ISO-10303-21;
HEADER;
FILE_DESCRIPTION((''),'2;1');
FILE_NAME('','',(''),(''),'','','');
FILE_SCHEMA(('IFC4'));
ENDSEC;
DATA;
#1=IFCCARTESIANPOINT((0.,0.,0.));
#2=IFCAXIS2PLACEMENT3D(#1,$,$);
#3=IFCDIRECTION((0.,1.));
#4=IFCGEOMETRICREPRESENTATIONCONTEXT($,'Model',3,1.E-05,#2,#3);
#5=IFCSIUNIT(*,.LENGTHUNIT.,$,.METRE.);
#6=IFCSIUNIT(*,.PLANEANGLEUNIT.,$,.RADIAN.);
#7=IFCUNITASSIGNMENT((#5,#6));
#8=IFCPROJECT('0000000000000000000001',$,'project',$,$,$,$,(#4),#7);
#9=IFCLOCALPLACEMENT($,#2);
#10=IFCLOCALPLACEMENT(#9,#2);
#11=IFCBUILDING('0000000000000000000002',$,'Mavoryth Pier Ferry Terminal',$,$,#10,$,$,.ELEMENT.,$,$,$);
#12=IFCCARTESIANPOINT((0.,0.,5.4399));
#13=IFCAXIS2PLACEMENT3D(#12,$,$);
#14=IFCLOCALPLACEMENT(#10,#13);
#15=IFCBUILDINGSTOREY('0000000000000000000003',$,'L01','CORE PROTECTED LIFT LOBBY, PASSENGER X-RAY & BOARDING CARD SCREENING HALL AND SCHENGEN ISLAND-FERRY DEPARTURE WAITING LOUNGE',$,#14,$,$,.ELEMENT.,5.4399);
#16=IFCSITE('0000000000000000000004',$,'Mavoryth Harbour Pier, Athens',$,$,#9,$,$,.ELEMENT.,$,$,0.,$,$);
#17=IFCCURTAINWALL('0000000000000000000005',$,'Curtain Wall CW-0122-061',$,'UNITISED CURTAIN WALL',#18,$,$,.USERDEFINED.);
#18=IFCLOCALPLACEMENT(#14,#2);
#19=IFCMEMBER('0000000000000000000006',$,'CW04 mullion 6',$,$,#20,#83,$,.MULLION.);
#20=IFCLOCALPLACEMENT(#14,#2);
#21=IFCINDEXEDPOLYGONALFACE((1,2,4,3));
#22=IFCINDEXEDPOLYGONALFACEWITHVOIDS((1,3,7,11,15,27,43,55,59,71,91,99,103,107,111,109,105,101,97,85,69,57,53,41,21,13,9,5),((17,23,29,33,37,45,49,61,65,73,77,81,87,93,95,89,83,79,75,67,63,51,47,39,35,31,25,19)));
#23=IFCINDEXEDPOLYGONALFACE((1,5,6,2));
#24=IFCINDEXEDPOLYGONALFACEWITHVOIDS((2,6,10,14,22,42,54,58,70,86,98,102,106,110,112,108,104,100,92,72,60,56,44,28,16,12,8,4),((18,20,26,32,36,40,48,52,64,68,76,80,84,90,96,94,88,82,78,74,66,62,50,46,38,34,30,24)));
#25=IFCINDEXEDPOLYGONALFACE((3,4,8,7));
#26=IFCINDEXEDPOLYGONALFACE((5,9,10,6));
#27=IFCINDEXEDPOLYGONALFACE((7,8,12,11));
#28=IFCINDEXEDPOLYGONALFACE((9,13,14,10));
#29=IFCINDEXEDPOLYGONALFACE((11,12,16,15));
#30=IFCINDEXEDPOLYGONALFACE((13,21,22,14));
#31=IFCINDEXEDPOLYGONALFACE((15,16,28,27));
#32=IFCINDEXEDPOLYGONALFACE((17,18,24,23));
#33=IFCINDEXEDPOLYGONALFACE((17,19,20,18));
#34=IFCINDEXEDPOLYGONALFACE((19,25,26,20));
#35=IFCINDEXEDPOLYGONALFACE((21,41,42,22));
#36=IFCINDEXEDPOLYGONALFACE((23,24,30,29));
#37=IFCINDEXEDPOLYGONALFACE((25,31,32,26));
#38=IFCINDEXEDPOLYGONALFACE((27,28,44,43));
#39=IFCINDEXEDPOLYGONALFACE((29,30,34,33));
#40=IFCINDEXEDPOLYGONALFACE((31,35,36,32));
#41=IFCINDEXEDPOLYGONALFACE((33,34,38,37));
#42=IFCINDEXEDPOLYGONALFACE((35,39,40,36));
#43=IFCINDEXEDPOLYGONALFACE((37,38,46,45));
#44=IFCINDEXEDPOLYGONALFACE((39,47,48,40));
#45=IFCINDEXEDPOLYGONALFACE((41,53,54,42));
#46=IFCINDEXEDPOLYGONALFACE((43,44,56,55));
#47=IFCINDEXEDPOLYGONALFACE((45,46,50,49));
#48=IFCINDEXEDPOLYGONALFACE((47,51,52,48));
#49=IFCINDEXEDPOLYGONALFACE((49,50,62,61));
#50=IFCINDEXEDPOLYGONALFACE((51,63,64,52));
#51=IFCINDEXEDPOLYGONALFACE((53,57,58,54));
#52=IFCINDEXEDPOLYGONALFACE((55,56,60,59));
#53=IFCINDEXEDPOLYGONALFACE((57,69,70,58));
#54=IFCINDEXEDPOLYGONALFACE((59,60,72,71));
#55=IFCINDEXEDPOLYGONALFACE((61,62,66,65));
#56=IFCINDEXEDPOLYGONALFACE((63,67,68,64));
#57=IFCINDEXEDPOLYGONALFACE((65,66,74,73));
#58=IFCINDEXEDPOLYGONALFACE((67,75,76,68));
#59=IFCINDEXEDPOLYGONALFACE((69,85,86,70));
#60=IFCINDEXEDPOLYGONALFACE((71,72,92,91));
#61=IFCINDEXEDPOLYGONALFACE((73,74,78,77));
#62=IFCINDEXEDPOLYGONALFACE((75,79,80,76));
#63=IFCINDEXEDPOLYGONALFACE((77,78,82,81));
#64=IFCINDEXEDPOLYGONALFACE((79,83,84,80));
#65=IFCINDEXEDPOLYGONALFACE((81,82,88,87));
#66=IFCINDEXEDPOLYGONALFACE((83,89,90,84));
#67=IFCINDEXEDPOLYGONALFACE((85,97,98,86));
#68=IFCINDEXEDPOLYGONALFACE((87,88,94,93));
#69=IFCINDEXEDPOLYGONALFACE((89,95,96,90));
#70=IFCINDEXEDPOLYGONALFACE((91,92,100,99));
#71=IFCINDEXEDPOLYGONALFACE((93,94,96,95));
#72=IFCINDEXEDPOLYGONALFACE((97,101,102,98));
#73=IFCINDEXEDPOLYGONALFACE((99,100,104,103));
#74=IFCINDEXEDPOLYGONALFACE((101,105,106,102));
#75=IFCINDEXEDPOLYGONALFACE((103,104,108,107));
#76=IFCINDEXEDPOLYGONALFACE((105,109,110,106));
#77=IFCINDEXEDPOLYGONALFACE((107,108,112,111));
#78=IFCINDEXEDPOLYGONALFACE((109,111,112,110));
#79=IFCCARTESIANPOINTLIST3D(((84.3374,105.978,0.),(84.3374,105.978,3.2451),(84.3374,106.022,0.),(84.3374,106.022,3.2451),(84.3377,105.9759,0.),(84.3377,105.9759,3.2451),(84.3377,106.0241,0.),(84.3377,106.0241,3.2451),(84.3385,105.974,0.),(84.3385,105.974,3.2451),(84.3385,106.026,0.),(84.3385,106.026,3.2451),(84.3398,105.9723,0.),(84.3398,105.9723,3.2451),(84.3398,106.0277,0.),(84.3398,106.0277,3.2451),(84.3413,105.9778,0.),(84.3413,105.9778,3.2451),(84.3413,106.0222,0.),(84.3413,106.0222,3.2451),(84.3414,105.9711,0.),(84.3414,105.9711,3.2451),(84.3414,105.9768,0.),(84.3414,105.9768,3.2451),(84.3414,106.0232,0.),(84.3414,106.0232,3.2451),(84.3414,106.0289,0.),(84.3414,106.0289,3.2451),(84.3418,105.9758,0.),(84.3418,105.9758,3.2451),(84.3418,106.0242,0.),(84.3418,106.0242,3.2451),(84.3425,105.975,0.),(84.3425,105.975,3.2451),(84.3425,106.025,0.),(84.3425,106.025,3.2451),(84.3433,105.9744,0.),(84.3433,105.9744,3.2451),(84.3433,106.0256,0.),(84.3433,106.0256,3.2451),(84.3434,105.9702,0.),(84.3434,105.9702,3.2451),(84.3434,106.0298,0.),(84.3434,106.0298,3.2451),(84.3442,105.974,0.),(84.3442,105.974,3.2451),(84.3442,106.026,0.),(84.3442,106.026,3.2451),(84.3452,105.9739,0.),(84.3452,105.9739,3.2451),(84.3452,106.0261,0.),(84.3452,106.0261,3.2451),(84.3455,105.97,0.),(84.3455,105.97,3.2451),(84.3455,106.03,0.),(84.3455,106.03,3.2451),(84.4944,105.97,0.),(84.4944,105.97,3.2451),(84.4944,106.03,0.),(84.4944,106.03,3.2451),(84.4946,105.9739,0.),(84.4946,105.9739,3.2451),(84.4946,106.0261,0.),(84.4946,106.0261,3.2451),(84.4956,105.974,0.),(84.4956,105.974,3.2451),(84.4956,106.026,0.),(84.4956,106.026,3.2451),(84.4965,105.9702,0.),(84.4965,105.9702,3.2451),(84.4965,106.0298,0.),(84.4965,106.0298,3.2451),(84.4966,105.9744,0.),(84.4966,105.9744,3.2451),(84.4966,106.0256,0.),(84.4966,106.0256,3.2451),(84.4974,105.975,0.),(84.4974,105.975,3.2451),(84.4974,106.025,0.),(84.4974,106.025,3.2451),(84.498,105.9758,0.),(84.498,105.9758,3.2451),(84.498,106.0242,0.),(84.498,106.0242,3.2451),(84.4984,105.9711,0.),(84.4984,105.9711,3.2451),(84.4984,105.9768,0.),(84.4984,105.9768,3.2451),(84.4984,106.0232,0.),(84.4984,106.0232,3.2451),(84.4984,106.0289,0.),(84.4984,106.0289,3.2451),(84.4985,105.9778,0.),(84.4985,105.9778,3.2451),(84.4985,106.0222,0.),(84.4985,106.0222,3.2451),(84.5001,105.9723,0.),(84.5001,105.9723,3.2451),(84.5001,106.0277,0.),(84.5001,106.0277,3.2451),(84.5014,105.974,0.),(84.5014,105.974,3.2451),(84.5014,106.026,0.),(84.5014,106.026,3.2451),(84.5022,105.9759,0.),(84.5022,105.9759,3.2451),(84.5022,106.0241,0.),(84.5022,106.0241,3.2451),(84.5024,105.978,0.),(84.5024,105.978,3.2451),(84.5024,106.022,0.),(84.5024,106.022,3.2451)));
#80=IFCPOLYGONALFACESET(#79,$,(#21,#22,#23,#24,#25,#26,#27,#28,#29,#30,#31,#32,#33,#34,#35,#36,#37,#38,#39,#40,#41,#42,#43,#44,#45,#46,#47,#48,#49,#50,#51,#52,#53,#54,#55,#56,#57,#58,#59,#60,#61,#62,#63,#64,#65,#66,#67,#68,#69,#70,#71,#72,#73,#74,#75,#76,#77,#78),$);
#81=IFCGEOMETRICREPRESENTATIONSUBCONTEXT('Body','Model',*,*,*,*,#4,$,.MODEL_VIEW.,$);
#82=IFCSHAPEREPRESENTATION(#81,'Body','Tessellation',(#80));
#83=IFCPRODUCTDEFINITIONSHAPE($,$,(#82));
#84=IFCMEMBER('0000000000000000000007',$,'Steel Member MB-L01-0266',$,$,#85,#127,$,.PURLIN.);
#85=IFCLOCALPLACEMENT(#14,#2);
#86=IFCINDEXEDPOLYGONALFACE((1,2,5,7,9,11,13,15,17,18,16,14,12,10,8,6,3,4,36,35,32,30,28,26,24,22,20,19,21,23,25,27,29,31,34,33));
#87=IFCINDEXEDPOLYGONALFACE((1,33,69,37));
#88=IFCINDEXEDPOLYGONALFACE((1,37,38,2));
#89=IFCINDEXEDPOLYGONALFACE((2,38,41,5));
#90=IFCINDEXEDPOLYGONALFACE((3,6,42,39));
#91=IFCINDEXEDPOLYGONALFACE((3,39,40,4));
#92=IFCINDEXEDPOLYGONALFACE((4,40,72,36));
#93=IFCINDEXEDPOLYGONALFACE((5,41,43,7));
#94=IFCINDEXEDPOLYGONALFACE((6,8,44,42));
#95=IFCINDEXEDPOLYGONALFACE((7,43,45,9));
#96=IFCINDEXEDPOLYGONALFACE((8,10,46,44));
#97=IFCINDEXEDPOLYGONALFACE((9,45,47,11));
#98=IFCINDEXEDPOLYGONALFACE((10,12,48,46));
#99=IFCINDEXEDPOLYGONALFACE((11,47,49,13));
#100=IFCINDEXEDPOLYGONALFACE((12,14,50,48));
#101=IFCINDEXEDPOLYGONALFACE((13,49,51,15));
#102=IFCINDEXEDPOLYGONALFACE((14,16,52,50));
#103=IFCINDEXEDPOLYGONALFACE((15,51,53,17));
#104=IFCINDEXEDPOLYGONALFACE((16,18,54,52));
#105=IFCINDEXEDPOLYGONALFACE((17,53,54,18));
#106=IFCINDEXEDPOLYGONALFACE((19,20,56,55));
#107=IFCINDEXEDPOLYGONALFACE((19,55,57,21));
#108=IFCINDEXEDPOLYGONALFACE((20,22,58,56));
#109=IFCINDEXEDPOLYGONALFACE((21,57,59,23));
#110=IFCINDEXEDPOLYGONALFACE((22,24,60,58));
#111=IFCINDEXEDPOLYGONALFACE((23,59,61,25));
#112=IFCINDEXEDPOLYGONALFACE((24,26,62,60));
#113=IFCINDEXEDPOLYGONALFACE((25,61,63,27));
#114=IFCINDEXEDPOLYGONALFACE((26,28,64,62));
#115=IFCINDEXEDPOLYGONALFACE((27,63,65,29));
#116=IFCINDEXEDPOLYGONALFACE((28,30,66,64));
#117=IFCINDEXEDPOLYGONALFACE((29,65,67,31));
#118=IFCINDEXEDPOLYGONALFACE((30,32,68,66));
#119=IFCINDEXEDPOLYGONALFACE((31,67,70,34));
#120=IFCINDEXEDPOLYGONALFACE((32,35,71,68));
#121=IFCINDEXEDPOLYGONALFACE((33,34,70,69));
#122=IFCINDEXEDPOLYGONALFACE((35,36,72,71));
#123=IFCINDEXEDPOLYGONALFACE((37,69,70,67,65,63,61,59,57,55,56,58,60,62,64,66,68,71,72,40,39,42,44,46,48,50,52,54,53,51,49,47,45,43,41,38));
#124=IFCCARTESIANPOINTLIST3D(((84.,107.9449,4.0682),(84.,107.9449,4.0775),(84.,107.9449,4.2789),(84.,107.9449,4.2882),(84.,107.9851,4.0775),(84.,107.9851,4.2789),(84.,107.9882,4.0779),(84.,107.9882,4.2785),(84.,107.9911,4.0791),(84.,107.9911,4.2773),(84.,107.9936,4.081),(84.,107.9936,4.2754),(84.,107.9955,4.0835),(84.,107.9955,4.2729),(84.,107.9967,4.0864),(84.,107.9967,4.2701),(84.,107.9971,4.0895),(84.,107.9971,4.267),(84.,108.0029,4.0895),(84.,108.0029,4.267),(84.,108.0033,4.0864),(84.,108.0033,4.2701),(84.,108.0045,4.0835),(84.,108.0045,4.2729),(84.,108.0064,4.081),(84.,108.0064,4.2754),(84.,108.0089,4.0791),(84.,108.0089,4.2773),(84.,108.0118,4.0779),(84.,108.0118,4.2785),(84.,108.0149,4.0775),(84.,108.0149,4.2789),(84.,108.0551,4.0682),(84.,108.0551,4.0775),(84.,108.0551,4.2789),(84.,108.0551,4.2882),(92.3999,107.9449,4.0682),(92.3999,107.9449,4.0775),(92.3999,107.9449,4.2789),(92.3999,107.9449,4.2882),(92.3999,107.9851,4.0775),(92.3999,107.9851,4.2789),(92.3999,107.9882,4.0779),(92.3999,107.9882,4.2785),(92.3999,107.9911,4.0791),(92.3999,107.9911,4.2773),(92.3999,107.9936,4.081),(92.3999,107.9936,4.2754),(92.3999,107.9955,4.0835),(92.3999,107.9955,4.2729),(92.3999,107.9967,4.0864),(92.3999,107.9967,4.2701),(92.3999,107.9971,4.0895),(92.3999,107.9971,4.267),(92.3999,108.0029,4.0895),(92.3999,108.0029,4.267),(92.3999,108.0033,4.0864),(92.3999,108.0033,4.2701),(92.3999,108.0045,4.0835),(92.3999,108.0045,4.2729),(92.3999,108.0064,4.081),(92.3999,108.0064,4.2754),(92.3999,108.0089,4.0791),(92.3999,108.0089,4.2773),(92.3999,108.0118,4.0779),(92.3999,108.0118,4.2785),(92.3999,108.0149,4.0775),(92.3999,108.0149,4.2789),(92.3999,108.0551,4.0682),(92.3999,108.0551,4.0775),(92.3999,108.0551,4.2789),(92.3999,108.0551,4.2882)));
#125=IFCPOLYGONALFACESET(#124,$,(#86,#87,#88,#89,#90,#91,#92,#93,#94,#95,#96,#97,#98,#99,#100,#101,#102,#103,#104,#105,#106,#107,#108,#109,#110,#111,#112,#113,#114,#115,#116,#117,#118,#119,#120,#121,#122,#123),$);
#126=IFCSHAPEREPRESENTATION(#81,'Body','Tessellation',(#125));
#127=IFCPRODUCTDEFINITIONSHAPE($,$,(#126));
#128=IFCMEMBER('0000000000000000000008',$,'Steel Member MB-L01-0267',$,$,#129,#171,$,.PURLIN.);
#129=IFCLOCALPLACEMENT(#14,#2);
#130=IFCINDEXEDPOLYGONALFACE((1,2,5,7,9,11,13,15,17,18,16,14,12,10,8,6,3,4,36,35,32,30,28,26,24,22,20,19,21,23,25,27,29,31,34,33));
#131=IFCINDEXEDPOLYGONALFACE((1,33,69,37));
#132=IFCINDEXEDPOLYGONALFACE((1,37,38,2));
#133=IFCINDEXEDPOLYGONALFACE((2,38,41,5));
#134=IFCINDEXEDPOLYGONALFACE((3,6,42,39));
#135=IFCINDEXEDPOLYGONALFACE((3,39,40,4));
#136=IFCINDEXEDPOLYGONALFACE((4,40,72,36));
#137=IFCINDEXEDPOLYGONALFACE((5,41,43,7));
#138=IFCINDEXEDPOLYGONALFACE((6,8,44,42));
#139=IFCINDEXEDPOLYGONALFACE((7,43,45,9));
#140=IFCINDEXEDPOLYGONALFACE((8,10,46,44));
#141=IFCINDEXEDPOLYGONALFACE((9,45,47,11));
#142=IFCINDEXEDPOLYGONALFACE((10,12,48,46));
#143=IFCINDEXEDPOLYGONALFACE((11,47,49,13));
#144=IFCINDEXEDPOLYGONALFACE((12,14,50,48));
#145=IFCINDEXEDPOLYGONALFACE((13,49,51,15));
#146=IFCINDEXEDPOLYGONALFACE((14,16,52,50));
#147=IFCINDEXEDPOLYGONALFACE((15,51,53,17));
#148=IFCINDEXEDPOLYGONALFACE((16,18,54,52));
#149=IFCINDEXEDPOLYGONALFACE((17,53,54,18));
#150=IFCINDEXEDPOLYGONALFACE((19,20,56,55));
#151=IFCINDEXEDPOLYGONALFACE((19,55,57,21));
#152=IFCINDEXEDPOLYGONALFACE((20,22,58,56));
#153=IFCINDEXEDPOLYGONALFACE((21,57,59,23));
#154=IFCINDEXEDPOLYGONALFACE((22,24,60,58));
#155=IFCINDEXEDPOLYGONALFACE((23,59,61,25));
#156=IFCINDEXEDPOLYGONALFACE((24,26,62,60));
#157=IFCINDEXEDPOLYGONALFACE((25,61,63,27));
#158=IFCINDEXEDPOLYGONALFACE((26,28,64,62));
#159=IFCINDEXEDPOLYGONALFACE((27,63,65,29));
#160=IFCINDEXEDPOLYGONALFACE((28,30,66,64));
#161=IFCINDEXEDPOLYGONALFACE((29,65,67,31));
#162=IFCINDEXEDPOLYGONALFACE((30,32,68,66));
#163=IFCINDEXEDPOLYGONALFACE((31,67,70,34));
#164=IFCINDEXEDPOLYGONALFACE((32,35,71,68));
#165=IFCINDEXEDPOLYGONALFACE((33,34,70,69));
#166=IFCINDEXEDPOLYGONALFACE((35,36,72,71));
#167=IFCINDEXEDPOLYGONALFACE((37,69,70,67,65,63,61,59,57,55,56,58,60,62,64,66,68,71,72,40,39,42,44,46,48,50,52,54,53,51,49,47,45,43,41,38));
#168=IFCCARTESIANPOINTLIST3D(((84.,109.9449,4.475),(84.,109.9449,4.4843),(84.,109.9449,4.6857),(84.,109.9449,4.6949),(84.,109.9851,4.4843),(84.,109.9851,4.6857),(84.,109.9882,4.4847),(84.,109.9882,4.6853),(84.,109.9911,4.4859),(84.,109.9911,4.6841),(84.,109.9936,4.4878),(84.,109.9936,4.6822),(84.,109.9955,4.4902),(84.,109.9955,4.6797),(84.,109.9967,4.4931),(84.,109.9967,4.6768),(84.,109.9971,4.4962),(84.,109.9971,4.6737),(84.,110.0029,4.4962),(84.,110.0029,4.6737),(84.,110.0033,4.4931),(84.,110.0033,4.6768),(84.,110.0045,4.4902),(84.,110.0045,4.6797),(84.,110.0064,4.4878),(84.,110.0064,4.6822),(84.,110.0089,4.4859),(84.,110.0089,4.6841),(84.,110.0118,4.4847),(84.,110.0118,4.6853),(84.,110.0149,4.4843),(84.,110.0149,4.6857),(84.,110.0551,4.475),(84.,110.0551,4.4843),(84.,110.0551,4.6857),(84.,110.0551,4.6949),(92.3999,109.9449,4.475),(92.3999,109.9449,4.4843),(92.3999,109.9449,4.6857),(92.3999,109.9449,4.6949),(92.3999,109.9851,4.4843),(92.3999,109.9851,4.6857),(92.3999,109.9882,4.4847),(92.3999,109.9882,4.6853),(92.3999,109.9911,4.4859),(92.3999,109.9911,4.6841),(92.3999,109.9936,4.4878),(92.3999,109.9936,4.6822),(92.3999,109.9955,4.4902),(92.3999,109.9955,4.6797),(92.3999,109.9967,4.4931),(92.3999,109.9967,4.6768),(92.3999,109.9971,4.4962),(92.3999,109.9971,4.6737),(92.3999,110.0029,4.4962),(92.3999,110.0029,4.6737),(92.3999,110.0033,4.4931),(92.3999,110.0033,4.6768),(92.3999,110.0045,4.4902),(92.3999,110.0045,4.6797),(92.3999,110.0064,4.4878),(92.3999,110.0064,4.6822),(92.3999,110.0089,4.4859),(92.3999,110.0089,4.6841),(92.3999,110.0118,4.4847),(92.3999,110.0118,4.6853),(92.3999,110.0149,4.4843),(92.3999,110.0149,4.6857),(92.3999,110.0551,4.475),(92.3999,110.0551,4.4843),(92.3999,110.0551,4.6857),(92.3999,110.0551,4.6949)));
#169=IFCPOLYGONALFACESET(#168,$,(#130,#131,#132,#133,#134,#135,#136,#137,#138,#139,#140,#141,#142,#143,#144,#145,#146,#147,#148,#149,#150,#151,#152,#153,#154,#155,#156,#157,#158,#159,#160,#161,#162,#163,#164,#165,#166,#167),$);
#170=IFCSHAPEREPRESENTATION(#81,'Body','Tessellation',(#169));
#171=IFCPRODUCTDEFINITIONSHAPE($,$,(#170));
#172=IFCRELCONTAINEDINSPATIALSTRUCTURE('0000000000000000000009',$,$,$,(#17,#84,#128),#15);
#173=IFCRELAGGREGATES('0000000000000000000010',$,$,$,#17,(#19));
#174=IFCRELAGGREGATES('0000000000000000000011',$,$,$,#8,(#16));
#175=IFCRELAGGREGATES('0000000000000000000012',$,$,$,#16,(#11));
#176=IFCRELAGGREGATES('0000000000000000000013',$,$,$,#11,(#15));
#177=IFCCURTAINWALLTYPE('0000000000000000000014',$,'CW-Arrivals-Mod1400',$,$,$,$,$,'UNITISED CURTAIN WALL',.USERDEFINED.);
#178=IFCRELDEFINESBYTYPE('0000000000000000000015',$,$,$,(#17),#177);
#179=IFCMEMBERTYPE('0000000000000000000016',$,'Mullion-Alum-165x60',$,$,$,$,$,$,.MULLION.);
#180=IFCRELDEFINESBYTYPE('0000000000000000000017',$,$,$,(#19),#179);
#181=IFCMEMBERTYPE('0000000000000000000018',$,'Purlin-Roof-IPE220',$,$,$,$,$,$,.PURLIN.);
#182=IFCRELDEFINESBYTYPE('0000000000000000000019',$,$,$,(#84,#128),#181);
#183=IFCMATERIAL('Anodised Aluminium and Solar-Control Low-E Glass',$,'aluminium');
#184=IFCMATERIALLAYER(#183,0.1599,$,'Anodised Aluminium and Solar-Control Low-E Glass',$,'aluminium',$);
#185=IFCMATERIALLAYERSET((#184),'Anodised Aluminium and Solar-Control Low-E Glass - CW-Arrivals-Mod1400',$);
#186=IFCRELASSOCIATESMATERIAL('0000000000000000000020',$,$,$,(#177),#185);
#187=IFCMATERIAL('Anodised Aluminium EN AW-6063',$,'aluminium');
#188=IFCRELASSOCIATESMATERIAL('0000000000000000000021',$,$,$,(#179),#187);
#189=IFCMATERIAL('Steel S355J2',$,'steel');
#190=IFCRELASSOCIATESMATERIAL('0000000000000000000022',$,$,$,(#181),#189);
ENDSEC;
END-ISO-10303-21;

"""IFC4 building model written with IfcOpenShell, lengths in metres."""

from ifc_helpers import new_model, si_unit, direction, frame, origin, origin_2d, place, context, subcontext, project, spatial, hollow_rectangle, i_section, extrude, material, layer, layer_set, material_profile, profile_set, type_object, element, aggregate, save


model = new_model("IFC4")

# Units and contexts
model_context = context("Model", 3, precision=1e-05, world=origin(), true_north=direction((0.0, 1.0)))
body_context = subcontext(model_context, "Body", "Model", "MODEL_VIEW")
ifc_project = project(units=[si_unit("LENGTHUNIT", "METRE"), si_unit("PLANEANGLEUNIT", "RADIAN")], contexts=[model_context])

# Site, building, storey
site_placement = place(None, origin())
site = spatial("IfcSite", under=ifc_project, at=site_placement, Name="Mavoryth Harbour Pier, Athens", CompositionType="ELEMENT", RefElevation=0.0)
building_placement = place(site_placement, origin())
building = spatial("IfcBuilding", under=site, at=building_placement, Name="Mavoryth Pier Ferry Terminal", CompositionType="ELEMENT")
storey_placement = place(building_placement, frame((0.0, 0.0, 5.4399)))
storey = spatial("IfcBuildingStorey", under=building, at=storey_placement, Name="L01", Description="CORE PROTECTED LIFT LOBBY, PASSENGER X-RAY & BOARDING CARD SCREENING HALL AND SCHENGEN ISLAND-FERRY DEPARTURE WAITING LOUNGE", CompositionType="ELEMENT", Elevation=5.4399)

# Shared definitions
ifc_material_1 = material(Name="Steel S355J2", Category="steel")

# Shared definitions
ifc_material_2 = material(Name="Anodised Aluminium and Solar-Control Low-E Glass", Category="aluminium")
ifc_layer_1 = layer(ifc_material_2, 0.1599, Name="Anodised Aluminium and Solar-Control Low-E Glass", Category="aluminium")
ifc_layer_set_1 = layer_set([ifc_layer_1], Name="Anodised Aluminium and Solar-Control Low-E Glass - CW-Arrivals-Mod1400")
curtain_wall_type = type_object("IfcCurtainWallType", Name="CW-Arrivals-Mod1400", ElementType="UNITISED CURTAIN WALL", PredefinedType="USERDEFINED", material=ifc_layer_set_1)
ifc_material_3 = material(Name="Anodised Aluminium EN AW-6063", Category="aluminium")
ifc_material_profile_1 = material_profile(ifc_material_3, hollow_rectangle(XDim=0.0601, YDim=0.165, WallThickness=0.0039, InnerFilletRadius=0.0039, OuterFilletRadius=0.0081, at=origin_2d()), Name="AL-MULL 165x60x4", Category="aluminium")
ifc_profile_set_1 = profile_set([ifc_material_profile_1], Name="Anodised Aluminium EN AW-6063 - AL-MULL 165x60x4")
member_type_1 = type_object("IfcMemberType", Name="Mullion-Alum-165x60", PredefinedType="MULLION", material=ifc_profile_set_1)

# Curtain wall, member
curtain_wall_1_placement = place(storey_placement, origin())
curtain_wall_1 = element("IfcCurtainWall", 1, at=curtain_wall_1_placement, inside=storey, type_object=curtain_wall_type, Name="Curtain Wall CW-0122-061", ObjectType="UNITISED CURTAIN WALL", PredefinedType="USERDEFINED")
member_1_placement = place(storey_placement, frame((84.4199, 106.0, 0.0), z_axis=(0.0, 0.0, 1.0), x_axis=(0.0, -1.0, 0.0)))
member_1 = element("IfcMember", 2, at=member_1_placement, type_object=member_type_1, Name="CW04 mullion 6", PredefinedType="MULLION", context=body_context, shape_type="SweptSolid", body=[
    extrude(hollow_rectangle(XDim=0.0601, YDim=0.165, WallThickness=0.0039, InnerFilletRadius=0.0039, OuterFilletRadius=0.0081, at=origin_2d()), origin(), (0.0, 0.0, 1.0), 3.2451),
])
aggregate(curtain_wall_1, [member_1])

# Members
ifc_material_profile_2 = material_profile(ifc_material_1, i_section(OverallWidth=0.1101, OverallDepth=0.22, WebThickness=0.0059, FlangeThickness=0.0093, FilletRadius=0.012, at=origin_2d()), Name="IPE 220", Category="steel")
ifc_profile_set_2 = profile_set([ifc_material_profile_2], Name="Steel S355J2 - IPE 220")
member_type_2 = type_object("IfcMemberType", Name="Purlin-Roof-IPE220", PredefinedType="PURLIN", material=ifc_profile_set_2)
for number, where, z_axis, x_axis, name in (
    (3, (84.0, 108.0, 4.1782), (1.0, 0.0, 0.0), (0.0, 1.0, 0.0), "Steel Member MB-L01-0266"),
    (4, (84.0, 110.0, 4.585), (1.0, 0.0, 0.0), (0.0, 1.0, 0.0), "Steel Member MB-L01-0267"),
):
    element("IfcMember", number, at=place(storey_placement, frame(where, z_axis=z_axis, x_axis=x_axis)), inside=storey, type_object=member_type_2, Name=name, PredefinedType="PURLIN", context=body_context, shape_type="SweptSolid", body=[
        extrude(i_section(OverallWidth=0.1101, OverallDepth=0.22, WebThickness=0.0059, FlangeThickness=0.0093, FilletRadius=0.012, at=origin_2d()), origin(), (0.0, 0.0, 1.0), 8.3999),
    ])

save(model, "model.ifc")
